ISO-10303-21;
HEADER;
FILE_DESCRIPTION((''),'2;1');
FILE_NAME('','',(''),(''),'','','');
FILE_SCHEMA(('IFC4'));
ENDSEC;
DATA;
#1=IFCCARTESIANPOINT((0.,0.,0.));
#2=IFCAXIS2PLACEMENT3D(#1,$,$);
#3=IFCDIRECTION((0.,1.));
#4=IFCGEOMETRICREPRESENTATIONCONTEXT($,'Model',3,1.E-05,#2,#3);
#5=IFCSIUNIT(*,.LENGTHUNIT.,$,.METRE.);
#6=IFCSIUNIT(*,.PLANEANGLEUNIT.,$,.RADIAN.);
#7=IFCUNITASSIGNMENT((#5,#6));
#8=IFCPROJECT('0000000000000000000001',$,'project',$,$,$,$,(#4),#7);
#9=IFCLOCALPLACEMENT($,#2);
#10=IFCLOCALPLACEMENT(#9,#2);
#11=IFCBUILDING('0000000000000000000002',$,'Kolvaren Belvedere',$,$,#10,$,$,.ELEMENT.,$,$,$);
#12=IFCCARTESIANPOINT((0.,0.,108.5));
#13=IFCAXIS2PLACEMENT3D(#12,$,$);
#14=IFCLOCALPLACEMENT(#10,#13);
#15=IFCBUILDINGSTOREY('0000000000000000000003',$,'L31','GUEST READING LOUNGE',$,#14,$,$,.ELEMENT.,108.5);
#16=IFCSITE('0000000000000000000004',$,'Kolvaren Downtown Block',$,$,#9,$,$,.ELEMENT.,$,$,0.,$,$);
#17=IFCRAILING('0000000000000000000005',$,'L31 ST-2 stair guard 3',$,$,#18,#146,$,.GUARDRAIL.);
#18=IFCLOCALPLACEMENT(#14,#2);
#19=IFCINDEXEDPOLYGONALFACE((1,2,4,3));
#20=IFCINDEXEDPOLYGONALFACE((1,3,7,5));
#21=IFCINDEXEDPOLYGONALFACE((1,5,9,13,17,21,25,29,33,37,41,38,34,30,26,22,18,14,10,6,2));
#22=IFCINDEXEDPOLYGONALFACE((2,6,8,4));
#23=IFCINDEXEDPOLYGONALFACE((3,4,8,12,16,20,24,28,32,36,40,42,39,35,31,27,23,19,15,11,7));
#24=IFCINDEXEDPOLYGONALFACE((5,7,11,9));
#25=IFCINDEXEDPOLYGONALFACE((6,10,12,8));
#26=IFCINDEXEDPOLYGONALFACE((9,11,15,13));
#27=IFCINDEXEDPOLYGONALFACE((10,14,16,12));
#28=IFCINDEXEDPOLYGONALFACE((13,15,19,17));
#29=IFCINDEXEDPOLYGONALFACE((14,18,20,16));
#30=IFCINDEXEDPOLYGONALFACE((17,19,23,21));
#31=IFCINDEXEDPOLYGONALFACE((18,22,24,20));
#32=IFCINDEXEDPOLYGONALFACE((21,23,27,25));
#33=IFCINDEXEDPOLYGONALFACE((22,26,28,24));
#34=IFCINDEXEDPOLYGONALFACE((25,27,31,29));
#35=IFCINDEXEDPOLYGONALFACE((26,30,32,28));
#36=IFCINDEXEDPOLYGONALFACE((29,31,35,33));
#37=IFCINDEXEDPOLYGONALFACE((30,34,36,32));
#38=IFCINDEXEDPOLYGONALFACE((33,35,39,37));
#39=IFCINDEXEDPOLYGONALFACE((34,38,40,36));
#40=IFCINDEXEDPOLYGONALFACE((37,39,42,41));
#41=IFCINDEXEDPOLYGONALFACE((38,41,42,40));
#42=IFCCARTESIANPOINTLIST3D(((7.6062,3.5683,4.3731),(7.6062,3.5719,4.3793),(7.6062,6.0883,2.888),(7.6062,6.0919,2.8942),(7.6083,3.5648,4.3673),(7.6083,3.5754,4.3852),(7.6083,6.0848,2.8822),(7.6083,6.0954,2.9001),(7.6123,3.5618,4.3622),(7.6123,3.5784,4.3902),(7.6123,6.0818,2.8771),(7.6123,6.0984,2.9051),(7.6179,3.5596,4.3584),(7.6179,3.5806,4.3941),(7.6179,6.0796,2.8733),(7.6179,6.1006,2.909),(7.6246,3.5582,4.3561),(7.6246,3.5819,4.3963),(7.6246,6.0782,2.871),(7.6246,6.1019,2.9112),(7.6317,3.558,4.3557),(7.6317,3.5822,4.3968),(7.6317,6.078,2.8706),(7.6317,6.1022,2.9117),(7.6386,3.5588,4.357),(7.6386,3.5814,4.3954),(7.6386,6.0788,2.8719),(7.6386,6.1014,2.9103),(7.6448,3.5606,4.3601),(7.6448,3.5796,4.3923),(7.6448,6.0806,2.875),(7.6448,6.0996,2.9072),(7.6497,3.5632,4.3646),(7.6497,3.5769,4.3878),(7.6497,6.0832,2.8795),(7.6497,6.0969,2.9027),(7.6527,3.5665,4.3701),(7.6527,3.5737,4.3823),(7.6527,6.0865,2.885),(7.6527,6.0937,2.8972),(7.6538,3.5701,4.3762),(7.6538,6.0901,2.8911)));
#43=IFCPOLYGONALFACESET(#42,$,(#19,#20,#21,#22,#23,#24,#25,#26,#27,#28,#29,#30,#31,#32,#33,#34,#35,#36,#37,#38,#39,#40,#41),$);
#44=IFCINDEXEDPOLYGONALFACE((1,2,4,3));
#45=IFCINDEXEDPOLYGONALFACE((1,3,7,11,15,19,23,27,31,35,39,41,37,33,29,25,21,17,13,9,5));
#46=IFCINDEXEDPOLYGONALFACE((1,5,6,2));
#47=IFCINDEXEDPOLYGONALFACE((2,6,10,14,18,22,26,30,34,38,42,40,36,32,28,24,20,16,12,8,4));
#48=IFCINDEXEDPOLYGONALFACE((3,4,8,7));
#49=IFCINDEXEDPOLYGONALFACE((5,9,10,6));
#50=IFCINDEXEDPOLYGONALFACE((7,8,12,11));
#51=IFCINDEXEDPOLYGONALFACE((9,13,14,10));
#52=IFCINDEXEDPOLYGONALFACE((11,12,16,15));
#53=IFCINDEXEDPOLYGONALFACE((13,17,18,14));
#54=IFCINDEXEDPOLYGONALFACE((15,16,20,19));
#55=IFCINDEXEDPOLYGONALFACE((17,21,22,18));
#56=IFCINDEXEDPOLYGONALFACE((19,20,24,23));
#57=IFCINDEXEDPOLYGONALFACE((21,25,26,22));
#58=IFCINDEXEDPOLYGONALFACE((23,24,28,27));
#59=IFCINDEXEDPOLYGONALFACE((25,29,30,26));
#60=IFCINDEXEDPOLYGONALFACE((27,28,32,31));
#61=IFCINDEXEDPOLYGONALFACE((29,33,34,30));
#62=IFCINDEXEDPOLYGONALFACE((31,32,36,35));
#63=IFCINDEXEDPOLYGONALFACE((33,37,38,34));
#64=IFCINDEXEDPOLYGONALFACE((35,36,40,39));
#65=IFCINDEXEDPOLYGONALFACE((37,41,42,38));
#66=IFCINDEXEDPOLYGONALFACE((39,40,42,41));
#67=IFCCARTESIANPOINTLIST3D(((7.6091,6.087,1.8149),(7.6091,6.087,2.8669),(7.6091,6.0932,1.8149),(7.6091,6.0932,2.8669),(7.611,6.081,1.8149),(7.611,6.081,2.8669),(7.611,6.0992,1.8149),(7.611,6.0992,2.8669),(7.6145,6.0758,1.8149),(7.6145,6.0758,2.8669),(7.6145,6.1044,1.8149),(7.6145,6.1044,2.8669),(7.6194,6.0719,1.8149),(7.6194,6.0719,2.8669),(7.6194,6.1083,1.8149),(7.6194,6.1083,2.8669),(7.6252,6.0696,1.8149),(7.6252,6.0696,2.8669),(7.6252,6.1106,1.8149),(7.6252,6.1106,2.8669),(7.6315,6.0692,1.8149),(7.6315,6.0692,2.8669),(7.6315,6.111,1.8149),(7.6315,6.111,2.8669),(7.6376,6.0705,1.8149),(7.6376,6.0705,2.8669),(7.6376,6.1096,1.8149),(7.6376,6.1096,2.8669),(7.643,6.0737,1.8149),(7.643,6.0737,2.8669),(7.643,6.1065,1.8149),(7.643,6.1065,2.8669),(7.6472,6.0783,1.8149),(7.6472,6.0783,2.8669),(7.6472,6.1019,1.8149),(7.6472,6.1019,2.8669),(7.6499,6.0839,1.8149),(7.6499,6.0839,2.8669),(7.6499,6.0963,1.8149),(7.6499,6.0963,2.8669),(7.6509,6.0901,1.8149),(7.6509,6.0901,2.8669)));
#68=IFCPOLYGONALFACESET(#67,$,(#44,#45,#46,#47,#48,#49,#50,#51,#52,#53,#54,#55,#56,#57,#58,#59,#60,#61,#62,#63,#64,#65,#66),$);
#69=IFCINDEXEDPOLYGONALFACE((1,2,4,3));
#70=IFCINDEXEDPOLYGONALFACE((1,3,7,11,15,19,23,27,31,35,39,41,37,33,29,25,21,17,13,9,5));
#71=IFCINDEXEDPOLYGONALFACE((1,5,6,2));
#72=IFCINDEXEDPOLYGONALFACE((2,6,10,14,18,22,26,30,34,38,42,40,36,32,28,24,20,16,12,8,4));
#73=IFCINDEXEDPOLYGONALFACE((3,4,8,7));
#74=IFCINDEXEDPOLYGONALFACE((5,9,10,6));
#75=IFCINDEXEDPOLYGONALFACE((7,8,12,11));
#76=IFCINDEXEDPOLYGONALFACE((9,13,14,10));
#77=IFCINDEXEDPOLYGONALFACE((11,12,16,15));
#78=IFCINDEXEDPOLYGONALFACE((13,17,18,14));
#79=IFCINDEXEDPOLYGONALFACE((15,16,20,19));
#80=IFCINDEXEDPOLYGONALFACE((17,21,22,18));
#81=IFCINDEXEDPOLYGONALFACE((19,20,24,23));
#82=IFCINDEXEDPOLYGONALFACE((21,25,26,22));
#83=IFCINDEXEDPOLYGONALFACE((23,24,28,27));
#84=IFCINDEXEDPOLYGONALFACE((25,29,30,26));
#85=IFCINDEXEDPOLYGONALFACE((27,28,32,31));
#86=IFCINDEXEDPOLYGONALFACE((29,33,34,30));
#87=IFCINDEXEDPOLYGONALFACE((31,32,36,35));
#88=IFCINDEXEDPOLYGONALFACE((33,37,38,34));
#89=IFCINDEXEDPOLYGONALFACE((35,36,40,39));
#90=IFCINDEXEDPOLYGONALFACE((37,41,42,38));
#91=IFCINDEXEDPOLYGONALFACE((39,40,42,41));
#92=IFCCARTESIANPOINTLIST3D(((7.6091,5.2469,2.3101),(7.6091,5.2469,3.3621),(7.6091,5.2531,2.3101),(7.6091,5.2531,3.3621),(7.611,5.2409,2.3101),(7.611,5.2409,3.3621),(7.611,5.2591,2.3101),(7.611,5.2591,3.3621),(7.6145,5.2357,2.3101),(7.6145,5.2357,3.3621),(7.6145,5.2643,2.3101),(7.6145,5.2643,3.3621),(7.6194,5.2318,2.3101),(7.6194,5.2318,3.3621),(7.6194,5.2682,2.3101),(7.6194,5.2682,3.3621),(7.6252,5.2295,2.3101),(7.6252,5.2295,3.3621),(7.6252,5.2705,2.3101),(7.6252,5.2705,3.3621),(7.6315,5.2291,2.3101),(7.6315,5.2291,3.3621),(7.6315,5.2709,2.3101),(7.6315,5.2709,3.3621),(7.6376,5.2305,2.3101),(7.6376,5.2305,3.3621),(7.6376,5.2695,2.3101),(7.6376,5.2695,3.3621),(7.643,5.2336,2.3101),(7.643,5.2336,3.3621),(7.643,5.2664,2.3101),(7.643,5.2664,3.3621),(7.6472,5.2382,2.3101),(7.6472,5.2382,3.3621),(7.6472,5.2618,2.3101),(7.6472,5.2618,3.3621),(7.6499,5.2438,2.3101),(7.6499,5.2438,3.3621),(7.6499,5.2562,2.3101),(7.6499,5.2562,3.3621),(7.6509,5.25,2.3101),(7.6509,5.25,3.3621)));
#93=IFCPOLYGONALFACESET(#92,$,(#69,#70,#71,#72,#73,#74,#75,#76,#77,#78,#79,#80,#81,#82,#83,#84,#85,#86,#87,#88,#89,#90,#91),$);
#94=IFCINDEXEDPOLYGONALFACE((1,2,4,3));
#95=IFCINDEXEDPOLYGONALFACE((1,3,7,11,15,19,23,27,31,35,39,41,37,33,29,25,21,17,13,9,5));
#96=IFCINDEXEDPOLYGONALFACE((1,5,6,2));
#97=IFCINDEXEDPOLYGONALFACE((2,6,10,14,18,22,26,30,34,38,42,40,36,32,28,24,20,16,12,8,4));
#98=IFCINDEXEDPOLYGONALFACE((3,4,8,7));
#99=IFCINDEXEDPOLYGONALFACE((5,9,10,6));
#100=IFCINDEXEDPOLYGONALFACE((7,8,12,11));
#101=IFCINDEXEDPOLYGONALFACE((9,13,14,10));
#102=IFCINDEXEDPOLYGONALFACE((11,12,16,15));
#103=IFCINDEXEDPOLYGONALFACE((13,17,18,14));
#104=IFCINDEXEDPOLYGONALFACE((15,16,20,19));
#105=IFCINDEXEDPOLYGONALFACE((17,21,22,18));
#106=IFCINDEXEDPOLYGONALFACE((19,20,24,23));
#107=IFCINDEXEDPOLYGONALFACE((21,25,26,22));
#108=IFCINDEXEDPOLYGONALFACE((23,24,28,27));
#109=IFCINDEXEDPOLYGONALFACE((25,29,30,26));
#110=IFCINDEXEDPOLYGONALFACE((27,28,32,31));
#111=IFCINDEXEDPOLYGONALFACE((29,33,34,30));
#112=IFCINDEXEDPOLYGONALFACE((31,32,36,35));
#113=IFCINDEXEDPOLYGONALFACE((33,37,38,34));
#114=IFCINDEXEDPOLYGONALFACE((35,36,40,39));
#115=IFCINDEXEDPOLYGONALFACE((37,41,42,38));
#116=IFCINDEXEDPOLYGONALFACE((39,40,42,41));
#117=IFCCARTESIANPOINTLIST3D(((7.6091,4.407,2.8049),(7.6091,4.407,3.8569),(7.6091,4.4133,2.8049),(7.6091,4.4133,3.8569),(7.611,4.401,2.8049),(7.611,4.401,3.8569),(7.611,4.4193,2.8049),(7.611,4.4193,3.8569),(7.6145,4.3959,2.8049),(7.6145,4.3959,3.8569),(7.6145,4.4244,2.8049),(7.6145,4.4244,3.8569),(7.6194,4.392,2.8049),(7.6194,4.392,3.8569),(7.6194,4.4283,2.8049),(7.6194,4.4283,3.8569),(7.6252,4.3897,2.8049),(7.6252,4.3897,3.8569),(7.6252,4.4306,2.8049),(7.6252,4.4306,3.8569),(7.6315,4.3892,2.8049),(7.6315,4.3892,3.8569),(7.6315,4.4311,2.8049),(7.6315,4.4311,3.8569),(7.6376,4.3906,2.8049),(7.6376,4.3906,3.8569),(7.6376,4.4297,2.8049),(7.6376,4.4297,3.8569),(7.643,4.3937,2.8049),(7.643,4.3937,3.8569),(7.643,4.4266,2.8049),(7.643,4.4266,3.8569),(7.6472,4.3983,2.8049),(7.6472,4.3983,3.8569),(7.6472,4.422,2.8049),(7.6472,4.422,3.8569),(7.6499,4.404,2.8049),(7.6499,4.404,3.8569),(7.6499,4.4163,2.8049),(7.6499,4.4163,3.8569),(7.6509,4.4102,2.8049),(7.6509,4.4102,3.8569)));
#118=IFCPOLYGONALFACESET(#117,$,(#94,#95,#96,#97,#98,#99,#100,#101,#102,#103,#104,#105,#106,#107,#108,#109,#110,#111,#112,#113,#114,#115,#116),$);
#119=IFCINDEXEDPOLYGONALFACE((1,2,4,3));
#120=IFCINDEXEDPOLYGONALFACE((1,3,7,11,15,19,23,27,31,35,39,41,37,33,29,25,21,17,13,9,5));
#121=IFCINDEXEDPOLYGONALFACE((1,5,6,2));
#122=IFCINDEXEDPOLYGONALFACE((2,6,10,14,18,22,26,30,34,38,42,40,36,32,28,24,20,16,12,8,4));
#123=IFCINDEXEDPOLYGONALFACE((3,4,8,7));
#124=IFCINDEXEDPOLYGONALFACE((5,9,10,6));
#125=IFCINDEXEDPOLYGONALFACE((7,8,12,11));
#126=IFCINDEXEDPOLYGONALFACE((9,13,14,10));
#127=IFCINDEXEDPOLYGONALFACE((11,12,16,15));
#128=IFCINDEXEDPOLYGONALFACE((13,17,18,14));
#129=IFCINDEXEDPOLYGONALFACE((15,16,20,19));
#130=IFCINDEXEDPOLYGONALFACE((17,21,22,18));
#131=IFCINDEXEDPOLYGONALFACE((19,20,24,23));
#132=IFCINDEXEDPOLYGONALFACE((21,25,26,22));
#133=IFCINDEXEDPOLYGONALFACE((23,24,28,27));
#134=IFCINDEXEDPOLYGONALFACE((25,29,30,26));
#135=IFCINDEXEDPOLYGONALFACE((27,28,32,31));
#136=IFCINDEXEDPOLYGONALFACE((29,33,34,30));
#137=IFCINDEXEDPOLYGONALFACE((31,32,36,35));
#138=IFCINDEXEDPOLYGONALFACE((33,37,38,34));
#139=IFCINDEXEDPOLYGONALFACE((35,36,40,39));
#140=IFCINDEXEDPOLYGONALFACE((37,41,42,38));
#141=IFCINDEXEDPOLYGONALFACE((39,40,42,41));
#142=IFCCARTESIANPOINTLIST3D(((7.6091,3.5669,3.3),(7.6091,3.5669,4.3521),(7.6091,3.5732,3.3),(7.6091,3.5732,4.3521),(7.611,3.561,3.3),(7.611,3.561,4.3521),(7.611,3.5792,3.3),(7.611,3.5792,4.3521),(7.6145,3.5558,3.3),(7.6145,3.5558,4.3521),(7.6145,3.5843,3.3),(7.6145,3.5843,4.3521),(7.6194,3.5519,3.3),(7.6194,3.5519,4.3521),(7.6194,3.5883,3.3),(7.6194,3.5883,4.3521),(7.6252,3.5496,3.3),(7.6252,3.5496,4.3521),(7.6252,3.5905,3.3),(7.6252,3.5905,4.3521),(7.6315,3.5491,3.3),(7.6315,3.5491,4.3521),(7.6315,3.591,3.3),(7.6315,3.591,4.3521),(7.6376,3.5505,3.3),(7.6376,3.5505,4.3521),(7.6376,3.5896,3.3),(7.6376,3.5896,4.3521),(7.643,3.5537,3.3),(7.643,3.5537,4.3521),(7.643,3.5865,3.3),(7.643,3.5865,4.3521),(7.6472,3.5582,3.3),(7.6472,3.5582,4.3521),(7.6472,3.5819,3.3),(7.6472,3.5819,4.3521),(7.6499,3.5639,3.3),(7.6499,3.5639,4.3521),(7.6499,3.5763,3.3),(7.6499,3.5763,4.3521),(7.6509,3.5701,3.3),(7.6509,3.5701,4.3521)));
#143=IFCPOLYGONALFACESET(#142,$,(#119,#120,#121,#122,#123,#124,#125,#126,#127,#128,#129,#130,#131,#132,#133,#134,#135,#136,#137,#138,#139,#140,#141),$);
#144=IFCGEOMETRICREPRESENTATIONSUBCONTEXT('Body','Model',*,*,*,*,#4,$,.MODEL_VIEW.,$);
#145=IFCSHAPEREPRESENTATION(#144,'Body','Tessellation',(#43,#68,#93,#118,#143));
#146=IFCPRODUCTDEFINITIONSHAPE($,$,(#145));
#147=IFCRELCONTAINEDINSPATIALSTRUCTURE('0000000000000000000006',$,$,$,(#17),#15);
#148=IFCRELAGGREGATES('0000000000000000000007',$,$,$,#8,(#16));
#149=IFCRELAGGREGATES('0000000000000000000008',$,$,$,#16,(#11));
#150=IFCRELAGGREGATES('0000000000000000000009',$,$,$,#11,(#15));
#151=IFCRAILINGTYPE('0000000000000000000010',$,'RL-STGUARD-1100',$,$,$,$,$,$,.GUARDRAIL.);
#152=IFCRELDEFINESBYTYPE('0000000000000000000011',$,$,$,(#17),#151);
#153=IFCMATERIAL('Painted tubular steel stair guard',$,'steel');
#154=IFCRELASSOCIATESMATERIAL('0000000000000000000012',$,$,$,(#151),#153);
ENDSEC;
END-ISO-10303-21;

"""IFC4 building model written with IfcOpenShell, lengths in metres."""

from ifc_helpers import new_model, si_unit, direction, frame, origin, origin_2d, place, context, subcontext, project, spatial, circle, extrude, material, type_object, element, save


model = new_model("IFC4")

# Units and contexts
model_context = context("Model", 3, precision=1e-05, world=origin(), true_north=direction((0.0, 1.0)))
body_context = subcontext(model_context, "Body", "Model", "MODEL_VIEW")
ifc_project = project(units=[si_unit("LENGTHUNIT", "METRE"), si_unit("PLANEANGLEUNIT", "RADIAN")], contexts=[model_context])

# Site, building, storey
site_placement = place(None, origin())
site = spatial("IfcSite", under=ifc_project, at=site_placement, Name="Kolvaren Downtown Block", CompositionType="ELEMENT", RefElevation=0.0)
building_placement = place(site_placement, origin())
building = spatial("IfcBuilding", under=site, at=building_placement, Name="Kolvaren Belvedere", CompositionType="ELEMENT")
storey_placement = place(building_placement, frame((0.0, 0.0, 108.5)))
storey = spatial("IfcBuildingStorey", under=building, at=storey_placement, Name="L31", Description="GUEST READING LOUNGE", CompositionType="ELEMENT", Elevation=108.5)

# Railing
ifc_material_1 = material(Name="Painted tubular steel stair guard", Category="steel")
railing_type_1 = type_object("IfcRailingType", Name="RL-STGUARD-1100", PredefinedType="GUARDRAIL", material=ifc_material_1)
railing_1_placement = place(storey_placement, frame((7.6299, 6.0901, 1.8149)))
element("IfcRailing", 1, at=railing_1_placement, inside=storey, type_object=railing_type_1, Name="L31 ST-2 stair guard 3", PredefinedType="GUARDRAIL", context=body_context, shape_type="SweptSolid", body=[
    extrude(circle(Radius=0.0239, at=origin_2d()), frame((0.0, 0.0, 1.0762), z_axis=(0.0, -0.861524, 0.507717), x_axis=(1.0, 0.0, 0.0)), (0.0, 0.0, 1.0), 2.925),
    extrude(circle(Radius=0.021, at=origin_2d()), origin(), (0.0, 0.0, 1.0), 1.052),
    extrude(circle(Radius=0.021, at=origin_2d()), frame((0.0, -0.8401, 0.4951)), (0.0, 0.0, 1.0), 1.052),
    extrude(circle(Radius=0.021, at=origin_2d()), frame((0.0, -1.6799, 0.99)), (0.0, 0.0, 1.0), 1.052),
    extrude(circle(Radius=0.021, at=origin_2d()), frame((0.0, -2.52, 1.4851)), (0.0, 0.0, 1.0), 1.052),
])

save(model, "model.ifc")
